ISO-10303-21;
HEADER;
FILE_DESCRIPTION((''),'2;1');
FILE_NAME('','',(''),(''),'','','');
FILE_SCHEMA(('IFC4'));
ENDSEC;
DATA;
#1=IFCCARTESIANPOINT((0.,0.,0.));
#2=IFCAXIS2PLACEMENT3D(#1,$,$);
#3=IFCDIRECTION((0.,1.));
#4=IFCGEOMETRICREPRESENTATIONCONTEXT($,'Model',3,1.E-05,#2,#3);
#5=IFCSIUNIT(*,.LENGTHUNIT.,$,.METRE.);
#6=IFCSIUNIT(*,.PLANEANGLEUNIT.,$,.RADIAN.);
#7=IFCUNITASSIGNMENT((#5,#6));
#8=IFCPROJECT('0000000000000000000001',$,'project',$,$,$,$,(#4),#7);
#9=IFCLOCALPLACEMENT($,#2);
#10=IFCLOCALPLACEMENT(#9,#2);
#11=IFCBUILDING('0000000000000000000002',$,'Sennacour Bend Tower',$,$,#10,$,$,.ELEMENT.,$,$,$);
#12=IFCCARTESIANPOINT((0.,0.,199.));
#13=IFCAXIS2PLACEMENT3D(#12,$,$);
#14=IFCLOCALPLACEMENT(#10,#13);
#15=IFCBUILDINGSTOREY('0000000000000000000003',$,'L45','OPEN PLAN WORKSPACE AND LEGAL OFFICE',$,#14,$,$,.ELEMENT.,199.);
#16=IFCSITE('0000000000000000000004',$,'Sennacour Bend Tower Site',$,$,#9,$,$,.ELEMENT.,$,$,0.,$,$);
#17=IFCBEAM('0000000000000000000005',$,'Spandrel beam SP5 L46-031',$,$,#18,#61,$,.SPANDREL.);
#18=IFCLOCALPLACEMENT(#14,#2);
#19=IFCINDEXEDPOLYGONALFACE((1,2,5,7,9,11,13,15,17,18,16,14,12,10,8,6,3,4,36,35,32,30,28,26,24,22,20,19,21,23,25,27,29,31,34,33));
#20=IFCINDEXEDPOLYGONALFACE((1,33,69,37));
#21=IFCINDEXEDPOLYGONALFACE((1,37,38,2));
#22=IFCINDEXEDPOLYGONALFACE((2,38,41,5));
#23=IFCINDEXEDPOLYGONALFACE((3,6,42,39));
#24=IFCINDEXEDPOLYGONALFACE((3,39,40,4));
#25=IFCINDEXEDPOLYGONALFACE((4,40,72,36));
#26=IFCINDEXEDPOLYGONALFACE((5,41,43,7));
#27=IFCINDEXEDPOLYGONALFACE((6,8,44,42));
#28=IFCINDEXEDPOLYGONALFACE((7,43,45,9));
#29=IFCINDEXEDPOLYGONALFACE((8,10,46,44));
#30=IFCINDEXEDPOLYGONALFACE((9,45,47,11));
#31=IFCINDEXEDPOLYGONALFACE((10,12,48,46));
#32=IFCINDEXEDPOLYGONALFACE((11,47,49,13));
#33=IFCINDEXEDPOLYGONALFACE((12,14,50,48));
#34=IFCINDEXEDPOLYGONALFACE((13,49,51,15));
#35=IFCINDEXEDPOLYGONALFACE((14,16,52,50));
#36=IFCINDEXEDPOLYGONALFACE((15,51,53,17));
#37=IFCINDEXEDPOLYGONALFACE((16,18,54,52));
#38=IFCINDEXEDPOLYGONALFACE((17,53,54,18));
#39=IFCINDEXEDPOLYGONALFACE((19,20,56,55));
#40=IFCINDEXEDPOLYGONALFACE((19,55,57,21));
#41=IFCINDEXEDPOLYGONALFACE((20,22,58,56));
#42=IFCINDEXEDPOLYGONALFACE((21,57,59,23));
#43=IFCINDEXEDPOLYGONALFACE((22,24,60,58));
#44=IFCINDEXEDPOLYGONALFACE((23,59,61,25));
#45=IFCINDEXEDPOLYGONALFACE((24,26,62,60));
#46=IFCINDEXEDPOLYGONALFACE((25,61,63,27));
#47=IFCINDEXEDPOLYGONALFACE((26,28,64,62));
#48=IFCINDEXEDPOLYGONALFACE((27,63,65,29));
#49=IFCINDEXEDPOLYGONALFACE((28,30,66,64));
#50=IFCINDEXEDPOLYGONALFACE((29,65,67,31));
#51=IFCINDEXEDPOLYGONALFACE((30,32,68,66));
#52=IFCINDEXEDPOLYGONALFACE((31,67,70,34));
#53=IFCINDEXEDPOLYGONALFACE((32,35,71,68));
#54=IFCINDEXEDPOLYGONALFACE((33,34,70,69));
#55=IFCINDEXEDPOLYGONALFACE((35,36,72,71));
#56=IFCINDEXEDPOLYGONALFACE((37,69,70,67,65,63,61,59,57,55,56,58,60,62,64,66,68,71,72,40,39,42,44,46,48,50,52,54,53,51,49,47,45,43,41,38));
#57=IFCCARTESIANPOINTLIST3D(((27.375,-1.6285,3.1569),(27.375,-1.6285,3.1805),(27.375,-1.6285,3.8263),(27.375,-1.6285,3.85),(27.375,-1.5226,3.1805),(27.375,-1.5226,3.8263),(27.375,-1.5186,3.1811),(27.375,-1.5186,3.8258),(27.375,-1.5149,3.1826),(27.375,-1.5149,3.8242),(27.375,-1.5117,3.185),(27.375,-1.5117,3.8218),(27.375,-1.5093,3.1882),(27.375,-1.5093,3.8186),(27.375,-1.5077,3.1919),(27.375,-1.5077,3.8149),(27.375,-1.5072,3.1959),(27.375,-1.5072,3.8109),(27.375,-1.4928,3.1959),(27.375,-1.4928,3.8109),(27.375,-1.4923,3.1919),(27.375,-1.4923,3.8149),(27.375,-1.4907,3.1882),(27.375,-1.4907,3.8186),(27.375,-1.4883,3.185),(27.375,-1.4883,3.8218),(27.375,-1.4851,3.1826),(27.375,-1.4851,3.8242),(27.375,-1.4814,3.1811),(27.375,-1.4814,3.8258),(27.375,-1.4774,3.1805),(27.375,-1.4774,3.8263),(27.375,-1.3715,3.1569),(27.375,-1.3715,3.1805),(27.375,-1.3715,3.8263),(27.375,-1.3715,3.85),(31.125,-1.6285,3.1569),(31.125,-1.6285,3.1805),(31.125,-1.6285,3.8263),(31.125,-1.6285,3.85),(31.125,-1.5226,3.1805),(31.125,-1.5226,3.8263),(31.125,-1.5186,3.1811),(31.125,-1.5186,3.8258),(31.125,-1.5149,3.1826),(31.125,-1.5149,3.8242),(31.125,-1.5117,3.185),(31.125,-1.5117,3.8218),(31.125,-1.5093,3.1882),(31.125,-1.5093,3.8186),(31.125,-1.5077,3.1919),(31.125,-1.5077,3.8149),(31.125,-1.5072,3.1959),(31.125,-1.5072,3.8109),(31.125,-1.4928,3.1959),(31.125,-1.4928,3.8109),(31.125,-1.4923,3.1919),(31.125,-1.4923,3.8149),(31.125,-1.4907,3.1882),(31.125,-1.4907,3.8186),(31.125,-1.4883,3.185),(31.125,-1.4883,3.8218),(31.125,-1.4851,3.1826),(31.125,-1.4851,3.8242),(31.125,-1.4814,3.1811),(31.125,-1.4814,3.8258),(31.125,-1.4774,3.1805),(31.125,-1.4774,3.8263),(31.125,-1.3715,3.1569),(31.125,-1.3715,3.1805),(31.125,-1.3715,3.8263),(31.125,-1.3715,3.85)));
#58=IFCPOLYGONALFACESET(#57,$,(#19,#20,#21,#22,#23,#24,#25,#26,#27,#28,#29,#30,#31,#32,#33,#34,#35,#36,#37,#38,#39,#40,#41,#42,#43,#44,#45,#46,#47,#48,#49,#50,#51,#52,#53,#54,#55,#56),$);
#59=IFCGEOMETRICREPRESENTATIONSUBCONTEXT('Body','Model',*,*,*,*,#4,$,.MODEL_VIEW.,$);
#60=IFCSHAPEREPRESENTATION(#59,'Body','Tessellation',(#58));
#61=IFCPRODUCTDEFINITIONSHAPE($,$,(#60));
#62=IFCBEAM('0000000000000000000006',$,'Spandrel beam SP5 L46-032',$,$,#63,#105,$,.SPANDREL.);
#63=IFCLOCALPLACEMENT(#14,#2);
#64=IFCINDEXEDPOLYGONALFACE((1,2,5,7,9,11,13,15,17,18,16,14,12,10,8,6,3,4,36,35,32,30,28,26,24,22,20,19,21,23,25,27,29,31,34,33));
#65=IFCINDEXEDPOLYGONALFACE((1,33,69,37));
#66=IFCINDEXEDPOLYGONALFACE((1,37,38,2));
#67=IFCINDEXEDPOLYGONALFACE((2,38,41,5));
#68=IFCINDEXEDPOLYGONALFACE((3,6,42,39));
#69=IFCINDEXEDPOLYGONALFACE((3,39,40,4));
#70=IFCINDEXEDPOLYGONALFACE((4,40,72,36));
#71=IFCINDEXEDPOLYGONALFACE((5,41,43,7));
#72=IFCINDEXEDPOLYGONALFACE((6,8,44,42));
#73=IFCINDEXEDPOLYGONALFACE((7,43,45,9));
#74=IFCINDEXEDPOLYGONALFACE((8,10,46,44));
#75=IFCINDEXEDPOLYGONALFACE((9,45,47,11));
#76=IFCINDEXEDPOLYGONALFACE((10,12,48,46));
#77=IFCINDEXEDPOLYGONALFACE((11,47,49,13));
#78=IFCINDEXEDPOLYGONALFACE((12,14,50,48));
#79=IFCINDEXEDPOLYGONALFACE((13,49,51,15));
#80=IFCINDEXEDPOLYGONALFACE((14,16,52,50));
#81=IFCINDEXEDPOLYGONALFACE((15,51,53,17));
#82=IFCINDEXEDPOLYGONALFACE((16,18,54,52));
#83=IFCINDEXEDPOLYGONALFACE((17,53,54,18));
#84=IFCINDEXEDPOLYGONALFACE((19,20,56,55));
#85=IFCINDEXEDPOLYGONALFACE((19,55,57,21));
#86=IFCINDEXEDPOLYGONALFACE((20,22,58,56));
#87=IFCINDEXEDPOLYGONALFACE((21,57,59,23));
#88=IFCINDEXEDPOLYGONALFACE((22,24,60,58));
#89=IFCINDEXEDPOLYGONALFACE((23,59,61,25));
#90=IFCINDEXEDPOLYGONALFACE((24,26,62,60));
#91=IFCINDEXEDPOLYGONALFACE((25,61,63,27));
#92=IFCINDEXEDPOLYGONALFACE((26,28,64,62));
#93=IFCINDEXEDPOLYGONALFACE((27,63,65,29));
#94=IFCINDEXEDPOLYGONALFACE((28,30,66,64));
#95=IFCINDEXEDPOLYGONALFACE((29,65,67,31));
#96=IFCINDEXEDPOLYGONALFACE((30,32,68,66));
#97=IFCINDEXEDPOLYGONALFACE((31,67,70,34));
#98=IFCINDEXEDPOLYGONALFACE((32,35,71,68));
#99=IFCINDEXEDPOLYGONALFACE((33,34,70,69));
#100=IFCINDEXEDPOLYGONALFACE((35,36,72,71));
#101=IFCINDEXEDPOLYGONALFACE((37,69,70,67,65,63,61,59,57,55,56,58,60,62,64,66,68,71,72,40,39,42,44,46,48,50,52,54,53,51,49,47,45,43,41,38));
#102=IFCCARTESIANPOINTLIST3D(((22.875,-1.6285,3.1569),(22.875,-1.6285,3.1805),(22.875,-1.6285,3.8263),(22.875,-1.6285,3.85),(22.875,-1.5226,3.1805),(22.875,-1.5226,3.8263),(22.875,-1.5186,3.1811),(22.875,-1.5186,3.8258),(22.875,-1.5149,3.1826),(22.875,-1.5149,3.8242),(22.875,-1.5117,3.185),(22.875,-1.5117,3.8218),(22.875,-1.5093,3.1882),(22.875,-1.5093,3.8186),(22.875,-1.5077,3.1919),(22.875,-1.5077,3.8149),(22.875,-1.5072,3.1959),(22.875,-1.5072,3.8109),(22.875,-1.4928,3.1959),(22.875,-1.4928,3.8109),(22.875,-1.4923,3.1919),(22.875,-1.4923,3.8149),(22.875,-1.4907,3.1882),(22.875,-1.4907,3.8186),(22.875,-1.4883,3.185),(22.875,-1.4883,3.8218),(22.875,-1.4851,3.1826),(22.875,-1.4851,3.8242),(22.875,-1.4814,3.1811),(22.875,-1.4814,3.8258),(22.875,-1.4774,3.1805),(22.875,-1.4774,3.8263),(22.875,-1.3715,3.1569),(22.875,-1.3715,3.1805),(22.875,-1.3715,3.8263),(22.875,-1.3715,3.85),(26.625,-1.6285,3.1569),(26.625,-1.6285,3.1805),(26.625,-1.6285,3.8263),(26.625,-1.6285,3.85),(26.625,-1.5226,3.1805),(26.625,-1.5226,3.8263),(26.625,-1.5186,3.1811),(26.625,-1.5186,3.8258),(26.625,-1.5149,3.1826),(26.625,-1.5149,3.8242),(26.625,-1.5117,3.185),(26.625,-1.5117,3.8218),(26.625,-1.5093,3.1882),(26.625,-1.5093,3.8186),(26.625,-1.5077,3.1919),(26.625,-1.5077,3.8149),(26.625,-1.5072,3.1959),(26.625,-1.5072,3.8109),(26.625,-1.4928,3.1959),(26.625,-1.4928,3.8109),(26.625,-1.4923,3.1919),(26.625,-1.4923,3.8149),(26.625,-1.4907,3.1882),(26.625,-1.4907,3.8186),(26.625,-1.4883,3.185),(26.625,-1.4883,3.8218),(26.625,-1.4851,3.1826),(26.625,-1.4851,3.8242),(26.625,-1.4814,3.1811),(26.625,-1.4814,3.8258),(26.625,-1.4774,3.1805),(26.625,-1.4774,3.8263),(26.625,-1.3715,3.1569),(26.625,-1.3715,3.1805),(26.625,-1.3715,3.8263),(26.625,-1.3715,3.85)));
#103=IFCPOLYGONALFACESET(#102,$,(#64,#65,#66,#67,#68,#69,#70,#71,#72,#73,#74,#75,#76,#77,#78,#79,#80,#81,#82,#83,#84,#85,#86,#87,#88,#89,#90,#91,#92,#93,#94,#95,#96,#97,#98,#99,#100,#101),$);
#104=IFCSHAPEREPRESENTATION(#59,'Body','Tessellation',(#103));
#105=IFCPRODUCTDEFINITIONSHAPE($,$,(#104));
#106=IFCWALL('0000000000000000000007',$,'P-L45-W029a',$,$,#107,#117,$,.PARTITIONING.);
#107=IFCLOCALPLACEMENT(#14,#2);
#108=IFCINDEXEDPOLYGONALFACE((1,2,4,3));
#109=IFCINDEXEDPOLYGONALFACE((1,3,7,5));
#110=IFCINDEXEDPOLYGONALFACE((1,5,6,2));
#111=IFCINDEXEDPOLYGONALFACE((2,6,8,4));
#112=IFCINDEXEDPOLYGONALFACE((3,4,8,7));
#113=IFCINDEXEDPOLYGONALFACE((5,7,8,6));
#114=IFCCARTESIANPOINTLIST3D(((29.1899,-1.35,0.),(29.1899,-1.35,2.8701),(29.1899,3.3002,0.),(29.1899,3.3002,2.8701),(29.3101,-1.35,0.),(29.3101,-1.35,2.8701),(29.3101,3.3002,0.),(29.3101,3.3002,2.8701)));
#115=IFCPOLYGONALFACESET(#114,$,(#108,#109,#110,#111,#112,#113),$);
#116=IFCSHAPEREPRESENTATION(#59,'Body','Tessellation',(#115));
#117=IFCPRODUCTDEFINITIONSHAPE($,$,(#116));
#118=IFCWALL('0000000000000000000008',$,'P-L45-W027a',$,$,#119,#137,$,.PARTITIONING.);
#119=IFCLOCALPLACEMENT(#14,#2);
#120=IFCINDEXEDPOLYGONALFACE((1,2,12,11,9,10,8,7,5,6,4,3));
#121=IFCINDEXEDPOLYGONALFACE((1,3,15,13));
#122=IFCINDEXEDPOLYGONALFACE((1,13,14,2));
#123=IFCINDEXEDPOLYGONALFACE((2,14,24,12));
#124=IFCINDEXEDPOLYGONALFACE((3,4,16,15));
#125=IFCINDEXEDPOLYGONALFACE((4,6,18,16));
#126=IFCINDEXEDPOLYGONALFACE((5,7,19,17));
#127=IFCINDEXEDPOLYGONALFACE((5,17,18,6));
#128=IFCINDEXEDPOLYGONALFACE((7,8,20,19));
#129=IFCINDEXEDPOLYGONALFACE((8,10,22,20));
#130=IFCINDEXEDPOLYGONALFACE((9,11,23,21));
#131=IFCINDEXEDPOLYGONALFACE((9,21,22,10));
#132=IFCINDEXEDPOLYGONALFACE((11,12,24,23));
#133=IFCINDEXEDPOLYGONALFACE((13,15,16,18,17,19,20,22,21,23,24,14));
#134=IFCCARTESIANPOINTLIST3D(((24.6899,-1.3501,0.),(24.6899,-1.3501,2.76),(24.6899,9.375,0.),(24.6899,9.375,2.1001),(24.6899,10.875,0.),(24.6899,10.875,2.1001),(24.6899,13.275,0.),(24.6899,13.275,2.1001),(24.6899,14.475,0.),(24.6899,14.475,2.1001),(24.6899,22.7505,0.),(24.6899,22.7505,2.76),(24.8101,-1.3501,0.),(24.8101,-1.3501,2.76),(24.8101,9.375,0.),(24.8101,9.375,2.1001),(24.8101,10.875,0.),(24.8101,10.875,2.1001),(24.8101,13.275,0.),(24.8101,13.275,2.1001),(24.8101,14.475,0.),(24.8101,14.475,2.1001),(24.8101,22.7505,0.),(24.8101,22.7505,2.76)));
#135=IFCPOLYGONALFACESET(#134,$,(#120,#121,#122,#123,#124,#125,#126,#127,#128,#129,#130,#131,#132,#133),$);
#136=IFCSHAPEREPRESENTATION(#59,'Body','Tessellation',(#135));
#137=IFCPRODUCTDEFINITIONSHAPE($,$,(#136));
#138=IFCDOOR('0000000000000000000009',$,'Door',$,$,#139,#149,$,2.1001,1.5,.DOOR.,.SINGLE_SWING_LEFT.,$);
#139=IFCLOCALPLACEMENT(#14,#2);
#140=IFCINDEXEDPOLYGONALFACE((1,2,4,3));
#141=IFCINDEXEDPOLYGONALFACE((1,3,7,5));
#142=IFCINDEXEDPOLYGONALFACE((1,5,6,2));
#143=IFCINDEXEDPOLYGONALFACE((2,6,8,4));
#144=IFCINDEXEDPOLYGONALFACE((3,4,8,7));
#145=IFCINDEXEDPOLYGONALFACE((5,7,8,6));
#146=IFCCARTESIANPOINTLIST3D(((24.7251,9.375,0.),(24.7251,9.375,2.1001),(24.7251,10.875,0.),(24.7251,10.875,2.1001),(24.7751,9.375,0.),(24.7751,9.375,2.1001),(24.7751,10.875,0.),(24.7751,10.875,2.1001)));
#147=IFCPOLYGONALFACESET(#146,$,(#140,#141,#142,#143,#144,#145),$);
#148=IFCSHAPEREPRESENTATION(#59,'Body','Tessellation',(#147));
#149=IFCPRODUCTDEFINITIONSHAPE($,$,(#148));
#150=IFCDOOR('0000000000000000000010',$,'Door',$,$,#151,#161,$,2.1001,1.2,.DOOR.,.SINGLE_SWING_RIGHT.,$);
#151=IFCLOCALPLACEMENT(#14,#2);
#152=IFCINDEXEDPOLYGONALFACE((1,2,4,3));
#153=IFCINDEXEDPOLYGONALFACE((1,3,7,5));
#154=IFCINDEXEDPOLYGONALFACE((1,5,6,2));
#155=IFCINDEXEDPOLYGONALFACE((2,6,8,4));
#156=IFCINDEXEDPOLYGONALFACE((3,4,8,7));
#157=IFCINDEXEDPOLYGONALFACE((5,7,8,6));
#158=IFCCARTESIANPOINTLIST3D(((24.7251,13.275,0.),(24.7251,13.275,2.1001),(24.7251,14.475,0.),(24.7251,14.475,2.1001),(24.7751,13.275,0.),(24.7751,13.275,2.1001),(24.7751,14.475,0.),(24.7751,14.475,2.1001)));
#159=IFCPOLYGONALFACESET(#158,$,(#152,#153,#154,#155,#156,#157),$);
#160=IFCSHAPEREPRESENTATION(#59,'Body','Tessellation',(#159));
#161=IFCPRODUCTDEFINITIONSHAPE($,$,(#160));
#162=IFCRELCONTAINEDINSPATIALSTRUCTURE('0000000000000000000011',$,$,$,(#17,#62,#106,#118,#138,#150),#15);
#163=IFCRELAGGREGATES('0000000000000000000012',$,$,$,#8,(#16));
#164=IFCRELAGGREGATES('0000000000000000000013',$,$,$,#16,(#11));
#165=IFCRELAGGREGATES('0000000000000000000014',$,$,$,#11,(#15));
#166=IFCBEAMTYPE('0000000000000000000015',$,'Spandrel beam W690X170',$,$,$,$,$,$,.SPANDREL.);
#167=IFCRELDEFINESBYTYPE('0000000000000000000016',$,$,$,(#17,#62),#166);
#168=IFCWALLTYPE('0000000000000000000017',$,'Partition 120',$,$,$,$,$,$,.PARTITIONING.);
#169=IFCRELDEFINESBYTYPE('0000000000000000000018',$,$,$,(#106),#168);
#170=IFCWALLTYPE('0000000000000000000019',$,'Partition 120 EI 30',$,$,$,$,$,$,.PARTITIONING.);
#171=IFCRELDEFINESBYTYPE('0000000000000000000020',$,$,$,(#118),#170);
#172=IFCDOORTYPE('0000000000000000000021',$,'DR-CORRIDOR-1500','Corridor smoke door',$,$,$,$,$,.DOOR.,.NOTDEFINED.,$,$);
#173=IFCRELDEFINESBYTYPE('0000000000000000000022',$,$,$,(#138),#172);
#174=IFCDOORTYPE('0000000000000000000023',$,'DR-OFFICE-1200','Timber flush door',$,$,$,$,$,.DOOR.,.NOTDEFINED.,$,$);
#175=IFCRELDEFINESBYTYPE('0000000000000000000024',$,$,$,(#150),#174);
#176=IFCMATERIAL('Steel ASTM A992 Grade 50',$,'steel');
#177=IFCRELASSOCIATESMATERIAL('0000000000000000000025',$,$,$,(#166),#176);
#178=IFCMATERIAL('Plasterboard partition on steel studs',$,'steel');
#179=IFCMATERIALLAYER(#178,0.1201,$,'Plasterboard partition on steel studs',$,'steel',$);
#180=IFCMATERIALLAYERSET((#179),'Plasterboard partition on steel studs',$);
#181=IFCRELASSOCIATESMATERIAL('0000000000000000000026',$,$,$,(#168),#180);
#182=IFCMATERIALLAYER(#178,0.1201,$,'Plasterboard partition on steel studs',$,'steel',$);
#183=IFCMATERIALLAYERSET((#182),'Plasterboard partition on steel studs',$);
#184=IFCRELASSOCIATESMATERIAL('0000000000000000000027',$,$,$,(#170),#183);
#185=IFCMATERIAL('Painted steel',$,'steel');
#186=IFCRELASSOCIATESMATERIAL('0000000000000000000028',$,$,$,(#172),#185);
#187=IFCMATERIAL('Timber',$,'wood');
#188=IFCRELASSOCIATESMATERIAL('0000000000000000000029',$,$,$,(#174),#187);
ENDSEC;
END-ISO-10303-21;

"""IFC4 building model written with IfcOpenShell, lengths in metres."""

from ifc_helpers import new_model, si_unit, direction, frame, frame_2d, origin, origin_2d, place, context, subcontext, project, spatial, rectangle, i_section, extrude, material, layer, layer_set, material_profile, profile_set, type_object, element, fill, save


model = new_model("IFC4")

# Units and contexts
model_context = context("Model", 3, precision=1e-05, world=origin(), true_north=direction((0.0, 1.0)))
body_context = subcontext(model_context, "Body", "Model", "MODEL_VIEW")
ifc_project = project(units=[si_unit("LENGTHUNIT", "METRE"), si_unit("PLANEANGLEUNIT", "RADIAN")], contexts=[model_context])

# Site, building, storey
site_placement = place(None, origin())
site = spatial("IfcSite", under=ifc_project, at=site_placement, Name="Sennacour Bend Tower Site", CompositionType="ELEMENT", RefElevation=0.0)
building_placement = place(site_placement, origin())
building = spatial("IfcBuilding", under=site, at=building_placement, Name="Sennacour Bend Tower", CompositionType="ELEMENT")
storey_placement = place(building_placement, frame((0.0, 0.0, 199.0)))
storey = spatial("IfcBuildingStorey", under=building, at=storey_placement, Name="L45", Description="OPEN PLAN WORKSPACE AND LEGAL OFFICE", CompositionType="ELEMENT", Elevation=199.0)

# Beams
ifc_material_1 = material(Name="Steel ASTM A992 Grade 50", Category="steel")
ifc_material_profile_1 = material_profile(ifc_material_1, i_section(OverallWidth=0.2571, OverallDepth=0.6931, WebThickness=0.0144, FlangeThickness=0.0237, FilletRadius=0.0154, at=origin_2d()), Name="Steel ASTM A992 Grade 50", Category="steel")
ifc_profile_set_1 = profile_set([ifc_material_profile_1], Name="Steel ASTM A992 Grade 50")
beam_type_1 = type_object("IfcBeamType", Name="Spandrel beam W690X170", PredefinedType="SPANDREL", material=ifc_profile_set_1)
for number, where, z_axis, x_axis, name in (
    (1, (31.125, -1.5, 3.5034), (-1.0, 0.0, 0.0), (0.0, -1.0, 0.0), "Spandrel beam SP5 L46-031"),
    (2, (26.625, -1.5, 3.5034), (-1.0, 0.0, 0.0), (0.0, -1.0, 0.0), "Spandrel beam SP5 L46-032"),
):
    element("IfcBeam", number, at=place(storey_placement, frame(where, z_axis=z_axis, x_axis=x_axis)), inside=storey, type_object=beam_type_1, Name=name, PredefinedType="SPANDREL", context=body_context, shape_type="SweptSolid", body=[
        extrude(i_section(OverallWidth=0.2571, OverallDepth=0.6931, WebThickness=0.0144, FlangeThickness=0.0237, FilletRadius=0.0154, at=origin_2d()), origin(), (0.0, 0.0, 1.0), 3.75),
    ])

# Wall
ifc_material_2 = material(Name="Plasterboard partition on steel studs", Category="steel")
ifc_layer_1 = layer(ifc_material_2, 0.1201, Name="Plasterboard partition on steel studs", Category="steel")
ifc_layer_set_1 = layer_set([ifc_layer_1], Name="Plasterboard partition on steel studs")
wall_type_1 = type_object("IfcWallType", Name="Partition 120", PredefinedType="PARTITIONING", material=ifc_layer_set_1)
wall_1_placement = place(storey_placement, frame((29.25, -1.3501, 0.0), z_axis=(0.0, 0.0, 1.0), x_axis=(0.0, 1.0, 0.0)))
element("IfcWall", 3, at=wall_1_placement, inside=storey, type_object=wall_type_1, Name="P-L45-W029a", PredefinedType="PARTITIONING", context=body_context, shape_type="SweptSolid", body=[
    extrude(rectangle(XDim=4.6501, YDim=0.1201, at=frame_2d((2.3252, 0.0))), origin(), (0.0, 0.0, 1.0), 2.8701),
])

# Wall, openings, doors
ifc_layer_2 = layer(ifc_material_2, 0.1201, Name="Plasterboard partition on steel studs", Category="steel")
ifc_layer_set_2 = layer_set([ifc_layer_2], Name="Plasterboard partition on steel studs")
wall_type_2 = type_object("IfcWallType", Name="Partition 120 EI 30", PredefinedType="PARTITIONING", material=ifc_layer_set_2)
wall_2_placement = place(storey_placement, frame((24.75, -1.3501, 0.0), z_axis=(0.0, 0.0, 1.0), x_axis=(0.0, 1.0, 0.0)))
wall_2 = element("IfcWall", 4, at=wall_2_placement, inside=storey, type_object=wall_type_2, Name="P-L45-W027a", PredefinedType="PARTITIONING", context=body_context, shape_type="SweptSolid", body=[
    extrude(rectangle(XDim=24.1006, YDim=0.1201, at=frame_2d((12.0503, 0.0))), origin(), (0.0, 0.0, 1.0), 2.76),
])
opening_1_placement = place(wall_2_placement, frame((10.7251, 0.0, 0.0)))
opening_1 = element("IfcOpeningElement", 5, at=opening_1_placement, cuts=wall_2, PredefinedType="OPENING", context=body_context, shape_type="SweptSolid", body=[
    extrude(rectangle(XDim=1.5, YDim=2.1001, at=frame_2d((0.75, 1.05))), frame((0.0, 0.0701, 0.0), z_axis=(0.0, -1.0, 0.0), x_axis=(1.0, 0.0, 0.0)), (0.0, 0.0, 1.0), 0.1401),
])
opening_2_placement = place(wall_2_placement, frame((14.625, 0.0, 0.0)))
opening_2 = element("IfcOpeningElement", 6, at=opening_2_placement, cuts=wall_2, PredefinedType="OPENING", context=body_context, shape_type="SweptSolid", body=[
    extrude(rectangle(XDim=1.2, YDim=2.1001, at=frame_2d((0.6001, 1.05))), frame((0.0, 0.0701, 0.0), z_axis=(0.0, -1.0, 0.0), x_axis=(1.0, 0.0, 0.0)), (0.0, 0.0, 1.0), 0.1401),
])
ifc_material_3 = material(Name="Painted steel", Category="steel")
door_type_1 = type_object("IfcDoorType", Name="DR-CORRIDOR-1500", Description="Corridor smoke door", OperationType="NOTDEFINED", PredefinedType="DOOR", material=ifc_material_3)
door_1_placement = place(opening_1_placement, origin())
door_1 = element("IfcDoor", 7, at=door_1_placement, inside=storey, type_object=door_type_1, Name="Door", OperationType="SINGLE_SWING_LEFT", OverallHeight=2.1001, OverallWidth=1.5, PredefinedType="DOOR", context=body_context, shape_type="SweptSolid", body=[
    extrude(rectangle(XDim=1.5, YDim=2.1001, at=frame_2d((0.75, 1.05))), frame((0.0, 0.0249, 0.0), z_axis=(0.0, -1.0, 0.0), x_axis=(1.0, 0.0, 0.0)), (0.0, 0.0, 1.0), 0.05),
])
fill(opening_1, door_1)
ifc_material_4 = material(Name="Timber", Category="wood")
door_type_2 = type_object("IfcDoorType", Name="DR-OFFICE-1200", Description="Timber flush door", OperationType="NOTDEFINED", PredefinedType="DOOR", material=ifc_material_4)
door_2_placement = place(opening_2_placement, origin())
door_2 = element("IfcDoor", 8, at=door_2_placement, inside=storey, type_object=door_type_2, Name="Door", OperationType="SINGLE_SWING_RIGHT", OverallHeight=2.1001, OverallWidth=1.2, PredefinedType="DOOR", context=body_context, shape_type="SweptSolid", body=[
    extrude(rectangle(XDim=1.2, YDim=2.1001, at=frame_2d((0.6001, 1.05))), frame((0.0, 0.0249, 0.0), z_axis=(0.0, -1.0, 0.0), x_axis=(1.0, 0.0, 0.0)), (0.0, 0.0, 1.0), 0.05),
])
fill(opening_2, door_2)

save(model, "model.ifc")
